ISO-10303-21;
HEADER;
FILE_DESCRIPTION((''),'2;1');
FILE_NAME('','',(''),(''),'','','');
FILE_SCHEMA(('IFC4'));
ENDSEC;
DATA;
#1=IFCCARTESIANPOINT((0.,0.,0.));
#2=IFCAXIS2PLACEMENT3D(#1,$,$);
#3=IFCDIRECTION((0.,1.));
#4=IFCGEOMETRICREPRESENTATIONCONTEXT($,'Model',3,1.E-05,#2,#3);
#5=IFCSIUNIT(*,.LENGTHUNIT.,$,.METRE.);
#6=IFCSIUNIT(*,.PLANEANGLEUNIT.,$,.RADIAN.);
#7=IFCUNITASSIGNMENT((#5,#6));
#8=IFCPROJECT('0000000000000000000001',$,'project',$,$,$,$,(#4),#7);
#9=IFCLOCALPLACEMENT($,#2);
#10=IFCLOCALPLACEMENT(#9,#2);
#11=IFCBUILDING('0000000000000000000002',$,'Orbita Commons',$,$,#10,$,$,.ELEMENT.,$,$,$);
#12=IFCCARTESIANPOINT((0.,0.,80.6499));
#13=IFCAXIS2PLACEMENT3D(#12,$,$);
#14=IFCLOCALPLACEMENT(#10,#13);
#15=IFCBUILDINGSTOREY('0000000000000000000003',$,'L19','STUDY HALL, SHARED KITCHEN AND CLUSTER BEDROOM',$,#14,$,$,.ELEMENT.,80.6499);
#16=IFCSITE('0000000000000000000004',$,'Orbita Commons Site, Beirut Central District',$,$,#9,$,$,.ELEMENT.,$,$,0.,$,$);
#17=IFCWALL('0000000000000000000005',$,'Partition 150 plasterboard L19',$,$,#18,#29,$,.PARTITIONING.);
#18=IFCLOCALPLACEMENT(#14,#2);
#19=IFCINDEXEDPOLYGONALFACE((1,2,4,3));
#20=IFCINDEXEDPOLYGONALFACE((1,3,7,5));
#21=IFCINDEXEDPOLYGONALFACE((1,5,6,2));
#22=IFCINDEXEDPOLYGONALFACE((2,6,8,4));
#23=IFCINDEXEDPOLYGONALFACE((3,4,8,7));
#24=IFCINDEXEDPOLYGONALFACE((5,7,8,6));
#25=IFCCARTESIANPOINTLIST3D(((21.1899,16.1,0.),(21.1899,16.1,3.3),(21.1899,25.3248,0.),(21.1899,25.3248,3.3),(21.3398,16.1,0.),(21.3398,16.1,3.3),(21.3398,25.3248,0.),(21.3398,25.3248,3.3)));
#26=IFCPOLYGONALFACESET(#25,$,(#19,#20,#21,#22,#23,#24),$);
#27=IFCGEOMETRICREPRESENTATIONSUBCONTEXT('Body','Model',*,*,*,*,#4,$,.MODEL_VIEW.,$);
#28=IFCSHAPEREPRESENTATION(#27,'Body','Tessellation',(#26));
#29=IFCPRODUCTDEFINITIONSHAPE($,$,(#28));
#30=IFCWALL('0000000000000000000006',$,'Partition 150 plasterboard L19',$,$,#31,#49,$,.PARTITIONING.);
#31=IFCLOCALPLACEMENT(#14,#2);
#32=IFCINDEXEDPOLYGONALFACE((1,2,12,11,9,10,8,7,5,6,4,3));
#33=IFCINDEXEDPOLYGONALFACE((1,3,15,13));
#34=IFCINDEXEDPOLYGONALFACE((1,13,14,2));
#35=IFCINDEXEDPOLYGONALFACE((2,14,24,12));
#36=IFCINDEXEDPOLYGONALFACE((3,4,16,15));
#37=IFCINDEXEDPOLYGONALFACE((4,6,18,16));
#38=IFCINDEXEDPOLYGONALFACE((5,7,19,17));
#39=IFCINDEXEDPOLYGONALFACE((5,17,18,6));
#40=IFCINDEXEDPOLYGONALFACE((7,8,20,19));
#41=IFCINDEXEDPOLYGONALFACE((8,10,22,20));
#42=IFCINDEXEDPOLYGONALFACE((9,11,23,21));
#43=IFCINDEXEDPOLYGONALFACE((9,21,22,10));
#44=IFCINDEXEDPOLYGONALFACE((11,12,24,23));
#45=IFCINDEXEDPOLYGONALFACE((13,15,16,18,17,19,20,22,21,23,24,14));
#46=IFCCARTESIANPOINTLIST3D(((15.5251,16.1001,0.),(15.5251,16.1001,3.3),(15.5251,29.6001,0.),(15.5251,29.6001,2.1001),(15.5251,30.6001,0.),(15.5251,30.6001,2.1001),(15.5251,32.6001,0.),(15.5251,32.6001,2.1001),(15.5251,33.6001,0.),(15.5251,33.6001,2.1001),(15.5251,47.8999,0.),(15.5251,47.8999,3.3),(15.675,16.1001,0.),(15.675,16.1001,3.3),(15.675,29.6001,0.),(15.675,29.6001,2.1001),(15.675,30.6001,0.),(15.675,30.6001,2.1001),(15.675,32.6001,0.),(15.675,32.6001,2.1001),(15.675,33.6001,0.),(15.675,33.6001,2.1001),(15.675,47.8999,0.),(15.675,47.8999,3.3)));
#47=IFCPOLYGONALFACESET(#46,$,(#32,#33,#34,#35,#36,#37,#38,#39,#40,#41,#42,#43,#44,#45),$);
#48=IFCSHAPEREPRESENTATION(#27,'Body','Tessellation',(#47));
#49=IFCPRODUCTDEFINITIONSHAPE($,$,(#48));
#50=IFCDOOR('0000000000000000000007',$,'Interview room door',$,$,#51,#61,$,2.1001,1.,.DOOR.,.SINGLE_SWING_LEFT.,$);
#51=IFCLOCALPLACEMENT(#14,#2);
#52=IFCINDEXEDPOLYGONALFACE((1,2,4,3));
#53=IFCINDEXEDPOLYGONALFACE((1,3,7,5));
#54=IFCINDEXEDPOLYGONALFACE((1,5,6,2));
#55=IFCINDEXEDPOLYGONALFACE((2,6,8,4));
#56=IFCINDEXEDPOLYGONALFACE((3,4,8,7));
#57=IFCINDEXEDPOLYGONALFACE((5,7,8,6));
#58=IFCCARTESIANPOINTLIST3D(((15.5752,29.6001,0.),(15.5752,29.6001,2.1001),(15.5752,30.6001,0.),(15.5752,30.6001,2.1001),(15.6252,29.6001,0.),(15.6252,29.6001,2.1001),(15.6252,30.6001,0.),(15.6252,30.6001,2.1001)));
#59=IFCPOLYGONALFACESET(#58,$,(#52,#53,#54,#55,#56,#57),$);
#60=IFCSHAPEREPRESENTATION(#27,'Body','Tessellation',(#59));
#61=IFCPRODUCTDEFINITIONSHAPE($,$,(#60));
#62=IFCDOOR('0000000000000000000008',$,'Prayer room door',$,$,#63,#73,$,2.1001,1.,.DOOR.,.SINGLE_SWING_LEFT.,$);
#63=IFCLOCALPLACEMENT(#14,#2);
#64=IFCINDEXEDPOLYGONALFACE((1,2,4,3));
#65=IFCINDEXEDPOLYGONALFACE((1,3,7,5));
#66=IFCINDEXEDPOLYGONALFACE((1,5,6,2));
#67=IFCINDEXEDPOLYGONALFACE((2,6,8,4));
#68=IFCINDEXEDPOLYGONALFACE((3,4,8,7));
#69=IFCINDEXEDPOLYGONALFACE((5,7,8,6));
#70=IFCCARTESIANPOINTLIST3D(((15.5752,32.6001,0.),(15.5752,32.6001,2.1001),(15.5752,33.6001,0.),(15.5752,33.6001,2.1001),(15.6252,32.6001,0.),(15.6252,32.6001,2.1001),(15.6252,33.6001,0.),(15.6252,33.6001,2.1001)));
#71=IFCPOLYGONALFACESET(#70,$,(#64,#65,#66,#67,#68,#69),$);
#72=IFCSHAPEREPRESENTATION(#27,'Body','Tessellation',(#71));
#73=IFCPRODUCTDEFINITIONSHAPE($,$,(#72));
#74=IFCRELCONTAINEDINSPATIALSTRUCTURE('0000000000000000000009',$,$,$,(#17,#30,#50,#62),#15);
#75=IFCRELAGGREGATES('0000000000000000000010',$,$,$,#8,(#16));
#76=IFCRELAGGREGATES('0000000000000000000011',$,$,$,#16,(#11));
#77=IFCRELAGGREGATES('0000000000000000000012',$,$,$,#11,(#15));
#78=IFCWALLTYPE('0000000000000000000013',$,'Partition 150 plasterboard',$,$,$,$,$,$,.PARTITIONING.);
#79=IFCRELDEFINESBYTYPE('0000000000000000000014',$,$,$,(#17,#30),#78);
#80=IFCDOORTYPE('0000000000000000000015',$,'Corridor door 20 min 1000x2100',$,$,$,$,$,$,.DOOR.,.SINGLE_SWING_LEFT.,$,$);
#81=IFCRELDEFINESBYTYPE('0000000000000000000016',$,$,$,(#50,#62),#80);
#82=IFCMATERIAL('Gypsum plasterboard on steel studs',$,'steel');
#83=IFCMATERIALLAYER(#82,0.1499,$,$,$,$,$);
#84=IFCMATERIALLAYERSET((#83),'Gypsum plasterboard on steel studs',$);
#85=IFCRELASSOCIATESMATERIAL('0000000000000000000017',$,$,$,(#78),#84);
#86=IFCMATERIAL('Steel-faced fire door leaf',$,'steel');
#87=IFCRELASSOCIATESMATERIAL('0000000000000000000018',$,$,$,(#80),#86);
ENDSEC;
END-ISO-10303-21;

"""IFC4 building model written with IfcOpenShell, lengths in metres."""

from ifc_helpers import new_model, si_unit, direction, frame, frame_2d, origin, place, context, subcontext, project, spatial, rectangle, extrude, material, layer, layer_set, type_object, element, fill, save


model = new_model("IFC4")

# Units and contexts
model_context = context("Model", 3, precision=1e-05, world=origin(), true_north=direction((0.0, 1.0)))
body_context = subcontext(model_context, "Body", "Model", "MODEL_VIEW")
ifc_project = project(units=[si_unit("LENGTHUNIT", "METRE"), si_unit("PLANEANGLEUNIT", "RADIAN")], contexts=[model_context])

# Site, building, storey
site_placement = place(None, origin())
site = spatial("IfcSite", under=ifc_project, at=site_placement, Name="Orbita Commons Site, Beirut Central District", CompositionType="ELEMENT", RefElevation=0.0)
building_placement = place(site_placement, origin())
building = spatial("IfcBuilding", under=site, at=building_placement, Name="Orbita Commons", CompositionType="ELEMENT")
storey_placement = place(building_placement, frame((0.0, 0.0, 80.6499)))
storey = spatial("IfcBuildingStorey", under=building, at=storey_placement, Name="L19", Description="STUDY HALL, SHARED KITCHEN AND CLUSTER BEDROOM", CompositionType="ELEMENT", Elevation=80.6499)

# Wall
ifc_material_1 = material(Name="Gypsum plasterboard on steel studs", Category="steel")
ifc_layer_1 = layer(ifc_material_1, 0.1499)
ifc_layer_set_1 = layer_set([ifc_layer_1], Name="Gypsum plasterboard on steel studs")
wall_type_1 = type_object("IfcWallType", Name="Partition 150 plasterboard", PredefinedType="PARTITIONING", material=ifc_layer_set_1)
wall_1_placement = place(storey_placement, frame((21.2649, 16.1001, 0.0), z_axis=(0.0, 0.0, 1.0), x_axis=(0.0, 1.0, 0.0)))
element("IfcWall", 1, at=wall_1_placement, inside=storey, type_object=wall_type_1, Name="Partition 150 plasterboard L19", PredefinedType="PARTITIONING", context=body_context, shape_type="SweptSolid", body=[
    extrude(rectangle(XDim=9.2249, YDim=0.1499, at=frame_2d((4.6123, 0.0))), origin(), (0.0, 0.0, 1.0), 3.3),
])

# Wall, openings, doors
wall_2_placement = place(storey_placement, frame((15.6001, 16.1001, 0.0), z_axis=(0.0, 0.0, 1.0), x_axis=(0.0, 1.0, 0.0)))
wall_2 = element("IfcWall", 2, at=wall_2_placement, inside=storey, type_object=wall_type_1, Name="Partition 150 plasterboard L19", PredefinedType="PARTITIONING", context=body_context, shape_type="SweptSolid", body=[
    extrude(rectangle(XDim=31.7998, YDim=0.1499, at=frame_2d((15.8999, 0.0))), origin(), (0.0, 0.0, 1.0), 3.3),
])
opening_1_placement = place(wall_2_placement, frame((13.5, 0.0, 0.0)))
opening_1 = element("IfcOpeningElement", 3, at=opening_1_placement, cuts=wall_2, PredefinedType="OPENING", context=body_context, shape_type="SweptSolid", body=[
    extrude(rectangle(XDim=1.0, YDim=2.1001, at=frame_2d((0.5, 1.05))), frame((0.0, 0.085, 0.0), z_axis=(0.0, -1.0, 0.0), x_axis=(1.0, 0.0, 0.0)), (0.0, 0.0, 1.0), 0.1699),
])
opening_2_placement = place(wall_2_placement, frame((16.5, 0.0, 0.0)))
opening_2 = element("IfcOpeningElement", 4, at=opening_2_placement, cuts=wall_2, PredefinedType="OPENING", context=body_context, shape_type="SweptSolid", body=[
    extrude(rectangle(XDim=1.0, YDim=2.1001, at=frame_2d((0.5, 1.05))), frame((0.0, 0.085, 0.0), z_axis=(0.0, -1.0, 0.0), x_axis=(1.0, 0.0, 0.0)), (0.0, 0.0, 1.0), 0.1699),
])
ifc_material_2 = material(Name="Steel-faced fire door leaf", Category="steel")
door_type_1 = type_object("IfcDoorType", Name="Corridor door 20 min 1000x2100", OperationType="SINGLE_SWING_LEFT", PredefinedType="DOOR", material=ifc_material_2)
door_1_placement = place(opening_1_placement, origin())
door_1 = element("IfcDoor", 5, at=door_1_placement, inside=storey, type_object=door_type_1, Name="Interview room door", OperationType="SINGLE_SWING_LEFT", OverallHeight=2.1001, OverallWidth=1.0, PredefinedType="DOOR", context=body_context, shape_type="SweptSolid", body=[
    extrude(rectangle(XDim=1.0, YDim=2.1001, at=frame_2d((0.5, 1.05))), frame((0.0, 0.0249, 0.0), z_axis=(0.0, -1.0, 0.0), x_axis=(1.0, 0.0, 0.0)), (0.0, 0.0, 1.0), 0.05),
])
fill(opening_1, door_1)
door_2_placement = place(opening_2_placement, origin())
door_2 = element("IfcDoor", 6, at=door_2_placement, inside=storey, type_object=door_type_1, Name="Prayer room door", OperationType="SINGLE_SWING_LEFT", OverallHeight=2.1001, OverallWidth=1.0, PredefinedType="DOOR", context=body_context, shape_type="SweptSolid", body=[
    extrude(rectangle(XDim=1.0, YDim=2.1001, at=frame_2d((0.5, 1.05))), frame((0.0, 0.0249, 0.0), z_axis=(0.0, -1.0, 0.0), x_axis=(1.0, 0.0, 0.0)), (0.0, 0.0, 1.0), 0.05),
])
fill(opening_2, door_2)

save(model, "model.ifc")
